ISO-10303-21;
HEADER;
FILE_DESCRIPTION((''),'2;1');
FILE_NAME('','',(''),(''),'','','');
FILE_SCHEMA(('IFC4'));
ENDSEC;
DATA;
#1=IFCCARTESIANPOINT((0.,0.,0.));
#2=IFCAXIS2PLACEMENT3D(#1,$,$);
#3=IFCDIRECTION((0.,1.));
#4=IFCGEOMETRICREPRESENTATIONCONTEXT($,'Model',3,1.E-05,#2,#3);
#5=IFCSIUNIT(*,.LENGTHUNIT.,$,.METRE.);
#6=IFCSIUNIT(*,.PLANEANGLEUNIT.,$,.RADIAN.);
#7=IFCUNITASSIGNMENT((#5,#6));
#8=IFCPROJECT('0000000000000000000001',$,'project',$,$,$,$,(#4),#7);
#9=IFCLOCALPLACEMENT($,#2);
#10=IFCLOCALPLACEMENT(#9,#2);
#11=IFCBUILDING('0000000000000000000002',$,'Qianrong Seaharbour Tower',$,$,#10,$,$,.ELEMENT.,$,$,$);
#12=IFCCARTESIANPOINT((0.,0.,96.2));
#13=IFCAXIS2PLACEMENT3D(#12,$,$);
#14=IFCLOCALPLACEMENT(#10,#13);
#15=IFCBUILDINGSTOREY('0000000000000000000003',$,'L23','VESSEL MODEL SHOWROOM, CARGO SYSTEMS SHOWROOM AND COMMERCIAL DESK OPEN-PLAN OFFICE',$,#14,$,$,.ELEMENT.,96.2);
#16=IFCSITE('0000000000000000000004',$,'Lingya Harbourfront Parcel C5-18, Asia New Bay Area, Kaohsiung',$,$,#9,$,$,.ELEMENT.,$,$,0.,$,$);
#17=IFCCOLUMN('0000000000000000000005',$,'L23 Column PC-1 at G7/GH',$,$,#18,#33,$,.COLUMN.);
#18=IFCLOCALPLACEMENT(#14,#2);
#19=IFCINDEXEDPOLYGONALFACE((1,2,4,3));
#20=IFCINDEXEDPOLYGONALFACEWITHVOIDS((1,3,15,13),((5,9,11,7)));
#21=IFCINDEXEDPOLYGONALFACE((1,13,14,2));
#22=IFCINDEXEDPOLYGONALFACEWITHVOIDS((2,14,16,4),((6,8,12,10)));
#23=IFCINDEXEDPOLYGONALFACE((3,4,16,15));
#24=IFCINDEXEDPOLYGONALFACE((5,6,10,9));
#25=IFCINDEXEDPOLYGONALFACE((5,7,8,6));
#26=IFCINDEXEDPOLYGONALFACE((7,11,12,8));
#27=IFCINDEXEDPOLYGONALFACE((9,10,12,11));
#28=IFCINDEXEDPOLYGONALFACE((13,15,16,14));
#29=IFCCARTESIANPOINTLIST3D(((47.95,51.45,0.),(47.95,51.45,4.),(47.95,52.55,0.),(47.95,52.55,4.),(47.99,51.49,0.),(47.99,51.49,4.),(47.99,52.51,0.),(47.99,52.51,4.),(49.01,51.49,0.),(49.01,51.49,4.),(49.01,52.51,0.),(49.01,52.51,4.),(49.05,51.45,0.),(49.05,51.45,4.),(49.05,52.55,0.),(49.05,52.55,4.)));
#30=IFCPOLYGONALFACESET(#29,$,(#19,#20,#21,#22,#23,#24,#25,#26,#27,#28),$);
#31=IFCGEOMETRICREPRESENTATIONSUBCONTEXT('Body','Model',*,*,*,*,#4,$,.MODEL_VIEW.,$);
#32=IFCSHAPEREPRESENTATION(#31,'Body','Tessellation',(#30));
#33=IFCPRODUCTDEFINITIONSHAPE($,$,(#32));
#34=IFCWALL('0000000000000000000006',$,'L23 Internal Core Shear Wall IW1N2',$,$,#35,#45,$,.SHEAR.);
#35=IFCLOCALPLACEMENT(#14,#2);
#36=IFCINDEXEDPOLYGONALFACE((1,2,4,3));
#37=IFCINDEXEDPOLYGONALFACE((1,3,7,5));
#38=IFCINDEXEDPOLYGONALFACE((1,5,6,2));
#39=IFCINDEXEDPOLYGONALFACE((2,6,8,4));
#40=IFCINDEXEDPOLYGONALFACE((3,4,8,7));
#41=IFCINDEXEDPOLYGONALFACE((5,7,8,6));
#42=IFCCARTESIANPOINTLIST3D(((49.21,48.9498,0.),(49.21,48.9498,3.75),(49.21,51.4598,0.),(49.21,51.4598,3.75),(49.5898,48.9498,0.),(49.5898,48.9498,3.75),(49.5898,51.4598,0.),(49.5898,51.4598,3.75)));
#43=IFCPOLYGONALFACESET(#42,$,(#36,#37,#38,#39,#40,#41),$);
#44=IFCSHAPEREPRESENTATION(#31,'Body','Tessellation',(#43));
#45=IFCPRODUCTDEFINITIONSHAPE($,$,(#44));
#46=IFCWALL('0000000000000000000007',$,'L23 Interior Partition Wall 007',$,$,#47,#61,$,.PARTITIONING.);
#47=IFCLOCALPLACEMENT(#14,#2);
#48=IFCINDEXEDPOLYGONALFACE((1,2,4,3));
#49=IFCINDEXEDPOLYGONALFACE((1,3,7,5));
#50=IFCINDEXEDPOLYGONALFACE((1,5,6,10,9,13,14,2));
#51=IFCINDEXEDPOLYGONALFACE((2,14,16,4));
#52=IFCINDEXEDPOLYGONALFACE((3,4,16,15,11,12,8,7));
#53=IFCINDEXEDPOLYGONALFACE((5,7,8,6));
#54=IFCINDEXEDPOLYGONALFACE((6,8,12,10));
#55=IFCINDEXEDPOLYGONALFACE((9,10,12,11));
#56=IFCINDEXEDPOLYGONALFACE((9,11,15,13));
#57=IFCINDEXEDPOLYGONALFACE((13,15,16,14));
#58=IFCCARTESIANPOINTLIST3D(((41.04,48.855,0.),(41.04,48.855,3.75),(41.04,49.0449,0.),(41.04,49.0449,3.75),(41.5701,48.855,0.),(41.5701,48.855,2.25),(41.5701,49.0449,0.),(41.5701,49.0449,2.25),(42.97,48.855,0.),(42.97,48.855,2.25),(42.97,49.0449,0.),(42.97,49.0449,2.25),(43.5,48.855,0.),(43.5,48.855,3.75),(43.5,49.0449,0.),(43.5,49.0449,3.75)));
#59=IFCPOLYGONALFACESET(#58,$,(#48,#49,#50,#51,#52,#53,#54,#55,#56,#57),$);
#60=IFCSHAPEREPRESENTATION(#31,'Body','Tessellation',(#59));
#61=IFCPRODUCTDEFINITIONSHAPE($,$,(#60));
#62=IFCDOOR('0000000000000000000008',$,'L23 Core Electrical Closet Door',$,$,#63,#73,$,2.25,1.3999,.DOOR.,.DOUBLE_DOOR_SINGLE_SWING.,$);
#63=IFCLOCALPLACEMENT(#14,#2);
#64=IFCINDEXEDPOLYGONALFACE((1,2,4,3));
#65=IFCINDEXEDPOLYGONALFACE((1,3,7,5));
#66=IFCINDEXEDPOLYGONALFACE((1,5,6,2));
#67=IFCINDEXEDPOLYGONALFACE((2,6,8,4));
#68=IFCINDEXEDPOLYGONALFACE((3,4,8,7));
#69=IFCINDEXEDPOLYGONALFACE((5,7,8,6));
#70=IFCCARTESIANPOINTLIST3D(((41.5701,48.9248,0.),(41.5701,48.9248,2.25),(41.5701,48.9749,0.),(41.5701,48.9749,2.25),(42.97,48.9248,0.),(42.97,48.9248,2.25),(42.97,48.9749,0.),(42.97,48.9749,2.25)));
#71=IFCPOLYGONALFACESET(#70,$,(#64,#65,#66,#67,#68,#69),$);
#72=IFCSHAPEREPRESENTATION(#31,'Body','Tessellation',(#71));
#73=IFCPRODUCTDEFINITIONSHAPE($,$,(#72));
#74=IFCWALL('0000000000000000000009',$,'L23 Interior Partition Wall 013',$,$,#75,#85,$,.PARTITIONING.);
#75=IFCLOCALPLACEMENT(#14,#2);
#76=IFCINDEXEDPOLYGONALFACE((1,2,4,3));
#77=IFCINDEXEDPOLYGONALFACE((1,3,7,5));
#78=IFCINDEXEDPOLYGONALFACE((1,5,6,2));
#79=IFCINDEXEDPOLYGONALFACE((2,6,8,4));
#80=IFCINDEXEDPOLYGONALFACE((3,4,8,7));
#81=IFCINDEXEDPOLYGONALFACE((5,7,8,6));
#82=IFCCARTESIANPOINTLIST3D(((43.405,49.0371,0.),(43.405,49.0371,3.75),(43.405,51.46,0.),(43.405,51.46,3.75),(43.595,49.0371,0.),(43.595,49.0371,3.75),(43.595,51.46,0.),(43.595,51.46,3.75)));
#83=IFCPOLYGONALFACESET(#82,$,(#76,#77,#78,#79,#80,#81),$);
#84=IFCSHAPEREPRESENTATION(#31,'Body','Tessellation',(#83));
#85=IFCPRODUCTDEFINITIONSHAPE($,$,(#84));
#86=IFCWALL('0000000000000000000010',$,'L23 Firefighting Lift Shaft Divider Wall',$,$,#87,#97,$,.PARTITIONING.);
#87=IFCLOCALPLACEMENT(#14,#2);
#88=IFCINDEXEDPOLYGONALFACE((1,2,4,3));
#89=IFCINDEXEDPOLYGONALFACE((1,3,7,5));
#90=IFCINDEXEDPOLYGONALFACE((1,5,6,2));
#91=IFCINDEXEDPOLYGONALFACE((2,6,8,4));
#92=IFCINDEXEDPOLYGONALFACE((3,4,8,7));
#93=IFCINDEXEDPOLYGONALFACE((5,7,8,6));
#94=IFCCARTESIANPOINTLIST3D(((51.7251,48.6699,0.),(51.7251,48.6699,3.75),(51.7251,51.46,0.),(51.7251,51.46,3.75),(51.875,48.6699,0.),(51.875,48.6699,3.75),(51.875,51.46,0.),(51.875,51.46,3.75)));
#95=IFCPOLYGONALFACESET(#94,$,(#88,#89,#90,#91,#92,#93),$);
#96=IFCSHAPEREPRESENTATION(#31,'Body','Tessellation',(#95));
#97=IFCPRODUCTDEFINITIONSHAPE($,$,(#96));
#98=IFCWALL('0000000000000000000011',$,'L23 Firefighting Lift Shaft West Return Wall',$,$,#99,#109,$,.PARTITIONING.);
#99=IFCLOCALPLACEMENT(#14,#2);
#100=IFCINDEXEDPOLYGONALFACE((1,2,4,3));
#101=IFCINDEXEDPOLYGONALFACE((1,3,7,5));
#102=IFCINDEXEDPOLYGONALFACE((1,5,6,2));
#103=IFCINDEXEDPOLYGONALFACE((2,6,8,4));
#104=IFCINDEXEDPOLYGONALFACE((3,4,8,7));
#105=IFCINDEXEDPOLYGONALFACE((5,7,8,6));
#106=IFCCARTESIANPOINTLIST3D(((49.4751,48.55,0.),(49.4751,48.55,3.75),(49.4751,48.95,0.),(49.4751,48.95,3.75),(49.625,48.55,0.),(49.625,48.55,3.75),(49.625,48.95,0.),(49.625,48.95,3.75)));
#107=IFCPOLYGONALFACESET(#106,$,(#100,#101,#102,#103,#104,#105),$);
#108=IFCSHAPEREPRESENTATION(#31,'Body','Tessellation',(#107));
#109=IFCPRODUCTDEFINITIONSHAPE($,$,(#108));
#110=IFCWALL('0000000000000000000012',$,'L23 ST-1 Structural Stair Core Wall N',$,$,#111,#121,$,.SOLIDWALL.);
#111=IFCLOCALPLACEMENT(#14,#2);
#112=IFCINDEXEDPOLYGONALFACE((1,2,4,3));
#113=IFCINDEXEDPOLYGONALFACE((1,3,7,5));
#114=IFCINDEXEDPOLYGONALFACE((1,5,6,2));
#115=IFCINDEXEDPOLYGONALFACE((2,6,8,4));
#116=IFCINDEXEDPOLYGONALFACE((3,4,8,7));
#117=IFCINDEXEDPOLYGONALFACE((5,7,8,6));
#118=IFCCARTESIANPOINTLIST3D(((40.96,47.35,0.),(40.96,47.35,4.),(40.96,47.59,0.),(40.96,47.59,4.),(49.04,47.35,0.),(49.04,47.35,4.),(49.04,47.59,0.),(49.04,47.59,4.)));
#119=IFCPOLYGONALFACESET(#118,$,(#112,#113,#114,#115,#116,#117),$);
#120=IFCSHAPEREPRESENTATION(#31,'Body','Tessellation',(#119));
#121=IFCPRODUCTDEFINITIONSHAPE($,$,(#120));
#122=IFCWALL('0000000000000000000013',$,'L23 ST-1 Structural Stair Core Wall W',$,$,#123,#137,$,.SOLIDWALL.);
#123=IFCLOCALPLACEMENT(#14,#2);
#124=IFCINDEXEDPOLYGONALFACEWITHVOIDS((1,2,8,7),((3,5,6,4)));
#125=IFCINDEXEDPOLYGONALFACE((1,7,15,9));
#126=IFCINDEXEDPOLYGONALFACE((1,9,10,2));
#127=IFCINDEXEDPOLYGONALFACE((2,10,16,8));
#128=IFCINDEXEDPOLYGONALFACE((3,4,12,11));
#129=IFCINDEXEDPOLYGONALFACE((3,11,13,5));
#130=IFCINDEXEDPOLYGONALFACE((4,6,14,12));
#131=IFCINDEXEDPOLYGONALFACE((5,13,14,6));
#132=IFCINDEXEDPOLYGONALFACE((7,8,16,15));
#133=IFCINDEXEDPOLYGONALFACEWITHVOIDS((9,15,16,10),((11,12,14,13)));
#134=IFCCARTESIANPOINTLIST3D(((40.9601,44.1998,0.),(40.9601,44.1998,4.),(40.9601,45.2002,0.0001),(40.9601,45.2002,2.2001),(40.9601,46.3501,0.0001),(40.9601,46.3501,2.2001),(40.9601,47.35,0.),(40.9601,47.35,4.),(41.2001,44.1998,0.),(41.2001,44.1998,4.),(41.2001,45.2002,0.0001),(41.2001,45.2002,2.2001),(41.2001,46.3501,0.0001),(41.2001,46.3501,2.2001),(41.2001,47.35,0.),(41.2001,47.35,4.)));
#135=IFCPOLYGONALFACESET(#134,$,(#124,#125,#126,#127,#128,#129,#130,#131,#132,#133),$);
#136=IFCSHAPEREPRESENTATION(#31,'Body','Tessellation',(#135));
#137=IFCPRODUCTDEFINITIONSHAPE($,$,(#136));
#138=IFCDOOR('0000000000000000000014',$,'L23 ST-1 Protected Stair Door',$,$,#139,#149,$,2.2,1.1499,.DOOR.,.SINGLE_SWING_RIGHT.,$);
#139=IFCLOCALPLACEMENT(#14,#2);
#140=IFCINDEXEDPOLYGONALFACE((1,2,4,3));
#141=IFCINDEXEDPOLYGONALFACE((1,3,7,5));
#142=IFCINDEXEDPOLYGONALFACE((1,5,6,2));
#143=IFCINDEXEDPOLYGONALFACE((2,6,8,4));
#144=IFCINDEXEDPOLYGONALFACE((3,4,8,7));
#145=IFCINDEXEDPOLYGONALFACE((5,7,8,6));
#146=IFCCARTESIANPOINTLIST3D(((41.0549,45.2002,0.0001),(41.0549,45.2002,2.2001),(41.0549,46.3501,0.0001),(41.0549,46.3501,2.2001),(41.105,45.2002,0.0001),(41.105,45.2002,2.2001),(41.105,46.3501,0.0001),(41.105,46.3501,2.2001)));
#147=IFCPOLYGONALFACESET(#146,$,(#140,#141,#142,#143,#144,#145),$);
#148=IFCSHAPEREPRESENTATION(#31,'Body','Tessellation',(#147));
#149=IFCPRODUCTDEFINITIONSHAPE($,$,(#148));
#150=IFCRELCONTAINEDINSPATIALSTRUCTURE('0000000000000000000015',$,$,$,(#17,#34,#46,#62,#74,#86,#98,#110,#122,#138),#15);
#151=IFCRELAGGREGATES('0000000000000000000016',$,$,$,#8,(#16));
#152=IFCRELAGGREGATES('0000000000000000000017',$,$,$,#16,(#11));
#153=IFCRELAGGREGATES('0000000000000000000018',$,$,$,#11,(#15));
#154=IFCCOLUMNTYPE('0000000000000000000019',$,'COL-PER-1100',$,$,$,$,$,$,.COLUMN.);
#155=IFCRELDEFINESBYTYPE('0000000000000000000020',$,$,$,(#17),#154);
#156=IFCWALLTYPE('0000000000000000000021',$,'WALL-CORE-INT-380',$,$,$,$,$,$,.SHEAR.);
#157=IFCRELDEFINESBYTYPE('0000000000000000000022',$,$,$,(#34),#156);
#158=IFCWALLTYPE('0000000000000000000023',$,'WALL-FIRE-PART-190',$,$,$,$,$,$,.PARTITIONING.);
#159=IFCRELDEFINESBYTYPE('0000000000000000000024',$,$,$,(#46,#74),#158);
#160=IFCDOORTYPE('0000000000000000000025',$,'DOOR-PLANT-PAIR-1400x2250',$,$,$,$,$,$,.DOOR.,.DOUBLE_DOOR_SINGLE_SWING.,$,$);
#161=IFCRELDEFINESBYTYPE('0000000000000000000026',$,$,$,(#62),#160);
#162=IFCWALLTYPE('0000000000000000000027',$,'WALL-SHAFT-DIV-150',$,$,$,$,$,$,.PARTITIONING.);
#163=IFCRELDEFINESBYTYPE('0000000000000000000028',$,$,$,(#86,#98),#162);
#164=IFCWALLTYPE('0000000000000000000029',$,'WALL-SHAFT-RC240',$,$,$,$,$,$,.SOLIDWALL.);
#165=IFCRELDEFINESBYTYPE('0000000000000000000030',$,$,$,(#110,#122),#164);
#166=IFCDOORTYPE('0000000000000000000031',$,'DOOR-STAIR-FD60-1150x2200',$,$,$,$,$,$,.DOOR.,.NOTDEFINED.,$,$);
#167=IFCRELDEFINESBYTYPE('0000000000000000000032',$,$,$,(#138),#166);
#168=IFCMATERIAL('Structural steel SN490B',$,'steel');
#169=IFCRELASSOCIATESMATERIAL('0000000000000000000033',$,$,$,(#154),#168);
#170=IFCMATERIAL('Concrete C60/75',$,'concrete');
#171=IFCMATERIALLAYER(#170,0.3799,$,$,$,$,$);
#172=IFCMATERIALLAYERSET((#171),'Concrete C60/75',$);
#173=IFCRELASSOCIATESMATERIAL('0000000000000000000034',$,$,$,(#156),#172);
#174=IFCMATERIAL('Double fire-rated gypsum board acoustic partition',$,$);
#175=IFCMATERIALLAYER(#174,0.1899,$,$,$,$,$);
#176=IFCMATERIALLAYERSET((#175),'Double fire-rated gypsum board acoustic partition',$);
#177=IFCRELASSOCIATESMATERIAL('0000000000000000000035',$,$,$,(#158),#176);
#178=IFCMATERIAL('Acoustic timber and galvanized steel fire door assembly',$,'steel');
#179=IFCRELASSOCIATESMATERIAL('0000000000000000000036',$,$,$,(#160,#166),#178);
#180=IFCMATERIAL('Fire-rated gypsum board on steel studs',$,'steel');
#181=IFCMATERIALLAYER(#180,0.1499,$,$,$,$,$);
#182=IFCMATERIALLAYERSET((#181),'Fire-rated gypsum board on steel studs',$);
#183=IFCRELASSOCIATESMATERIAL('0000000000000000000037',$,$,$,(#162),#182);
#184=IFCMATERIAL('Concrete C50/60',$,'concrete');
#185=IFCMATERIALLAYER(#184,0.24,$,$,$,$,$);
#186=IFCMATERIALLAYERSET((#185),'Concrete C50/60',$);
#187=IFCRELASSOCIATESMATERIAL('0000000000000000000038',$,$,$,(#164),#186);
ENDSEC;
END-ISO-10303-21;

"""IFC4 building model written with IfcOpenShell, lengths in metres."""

from ifc_helpers import new_model, si_unit, direction, frame, frame_2d, origin, origin_2d, place, context, subcontext, project, spatial, rectangle, hollow_rectangle, extrude, material, layer, layer_set, material_profile, profile_set, type_object, element, fill, save


model = new_model("IFC4")

# Units and contexts
model_context = context("Model", 3, precision=1e-05, world=origin(), true_north=direction((0.0, 1.0)))
body_context = subcontext(model_context, "Body", "Model", "MODEL_VIEW")
ifc_project = project(units=[si_unit("LENGTHUNIT", "METRE"), si_unit("PLANEANGLEUNIT", "RADIAN")], contexts=[model_context])

# Site, building, storey
site_placement = place(None, origin())
site = spatial("IfcSite", under=ifc_project, at=site_placement, Name="Lingya Harbourfront Parcel C5-18, Asia New Bay Area, Kaohsiung", CompositionType="ELEMENT", RefElevation=0.0)
building_placement = place(site_placement, origin())
building = spatial("IfcBuilding", under=site, at=building_placement, Name="Qianrong Seaharbour Tower", CompositionType="ELEMENT")
storey_placement = place(building_placement, frame((0.0, 0.0, 96.2)))
storey = spatial("IfcBuildingStorey", under=building, at=storey_placement, Name="L23", Description="VESSEL MODEL SHOWROOM, CARGO SYSTEMS SHOWROOM AND COMMERCIAL DESK OPEN-PLAN OFFICE", CompositionType="ELEMENT", Elevation=96.2)

# Column
ifc_material_1 = material(Name="Structural steel SN490B", Category="steel")
ifc_material_profile = material_profile(ifc_material_1, hollow_rectangle(XDim=1.1001, YDim=1.1001, WallThickness=0.04, at=origin_2d()), Name="BOX1100x1100x40")
ifc_profile_set = profile_set([ifc_material_profile], Name="Structural steel SN490B")
column_type = type_object("IfcColumnType", Name="COL-PER-1100", PredefinedType="COLUMN", material=ifc_profile_set)
column_placement = place(storey_placement, frame((48.5, 52.0, 0.0), z_axis=(0.0, 0.0, 1.0), x_axis=(1.0, 0.0, 0.0)))
element("IfcColumn", 1, at=column_placement, inside=storey, type_object=column_type, Name="L23 Column PC-1 at G7/GH", PredefinedType="COLUMN", context=body_context, shape_type="SweptSolid", body=[
    extrude(hollow_rectangle(XDim=1.1001, YDim=1.1001, WallThickness=0.04, at=origin_2d()), origin(), (0.0, 0.0, 1.0), 4.0),
])

# Wall
ifc_material_2 = material(Name="Concrete C60/75", Category="concrete")
ifc_layer_1 = layer(ifc_material_2, 0.3799)
ifc_layer_set_1 = layer_set([ifc_layer_1], Name="Concrete C60/75")
wall_type_1 = type_object("IfcWallType", Name="WALL-CORE-INT-380", PredefinedType="SHEAR", material=ifc_layer_set_1)
wall_1_placement = place(storey_placement, frame((49.3999, 48.95, 0.0), z_axis=(0.0, 0.0, 1.0), x_axis=(0.0, 1.0, 0.0)))
element("IfcWall", 2, at=wall_1_placement, inside=storey, type_object=wall_type_1, Name="L23 Internal Core Shear Wall IW1N2", PredefinedType="SHEAR", context=body_context, shape_type="SweptSolid", body=[
    extrude(rectangle(XDim=2.51, YDim=0.3799, at=frame_2d((1.2549, 0.0))), origin(), (0.0, 0.0, 1.0), 3.75),
])

# Wall, opening, door
ifc_material_3 = material(Name="Double fire-rated gypsum board acoustic partition")
ifc_layer_2 = layer(ifc_material_3, 0.1899)
ifc_layer_set_2 = layer_set([ifc_layer_2], Name="Double fire-rated gypsum board acoustic partition")
wall_type_2 = type_object("IfcWallType", Name="WALL-FIRE-PART-190", PredefinedType="PARTITIONING", material=ifc_layer_set_2)
wall_2_placement = place(storey_placement, frame((41.04, 48.95, 0.0), z_axis=(0.0, 0.0, 1.0), x_axis=(1.0, 0.0, 0.0)))
wall_2 = element("IfcWall", 3, at=wall_2_placement, inside=storey, type_object=wall_type_2, Name="L23 Interior Partition Wall 007", PredefinedType="PARTITIONING", context=body_context, shape_type="SweptSolid", body=[
    extrude(rectangle(XDim=2.46, YDim=0.1899, at=frame_2d((1.23, 0.0))), origin(), (0.0, 0.0, 1.0), 3.75),
])
opening_1_placement = place(wall_2_placement, frame((0.53, 0.0, 0.0)))
opening_1 = element("IfcOpeningElement", 4, at=opening_1_placement, cuts=wall_2, PredefinedType="OPENING", context=body_context, shape_type="SweptSolid", body=[
    extrude(rectangle(XDim=1.3999, YDim=2.25, at=frame_2d((0.7, 1.125))), frame((0.0, 0.105, 0.0), z_axis=(0.0, -1.0, 0.0), x_axis=(1.0, 0.0, 0.0)), (0.0, 0.0, 1.0), 0.21),
])
ifc_material_4 = material(Name="Acoustic timber and galvanized steel fire door assembly", Category="steel")
door_type_1 = type_object("IfcDoorType", Name="DOOR-PLANT-PAIR-1400x2250", OperationType="DOUBLE_DOOR_SINGLE_SWING", PredefinedType="DOOR", material=ifc_material_4)
door_1_placement = place(opening_1_placement, origin())
door_1 = element("IfcDoor", 5, at=door_1_placement, inside=storey, type_object=door_type_1, Name="L23 Core Electrical Closet Door", OperationType="DOUBLE_DOOR_SINGLE_SWING", OverallHeight=2.25, OverallWidth=1.3999, PredefinedType="DOOR", context=body_context, shape_type="SweptSolid", body=[
    extrude(rectangle(XDim=1.3999, YDim=2.25, at=frame_2d((0.7, 1.125))), frame((0.0, 0.0249, 0.0), z_axis=(0.0, -1.0, 0.0), x_axis=(1.0, 0.0, 0.0)), (0.0, 0.0, 1.0), 0.05),
])
fill(opening_1, door_1)

# Walls
wall_3_placement = place(storey_placement, frame((43.5, 51.46, 0.0), z_axis=(0.0, 0.0, 1.0), x_axis=(0.0, -1.0, 0.0)))
element("IfcWall", 6, at=wall_3_placement, inside=storey, type_object=wall_type_2, Name="L23 Interior Partition Wall 013", PredefinedType="PARTITIONING", context=body_context, shape_type="SweptSolid", body=[
    extrude(rectangle(XDim=2.4229, YDim=0.1899, at=frame_2d((1.2114, 0.0))), origin(), (0.0, 0.0, 1.0), 3.75),
])
ifc_material_5 = material(Name="Fire-rated gypsum board on steel studs", Category="steel")
ifc_layer_3 = layer(ifc_material_5, 0.1499)
ifc_layer_set_3 = layer_set([ifc_layer_3], Name="Fire-rated gypsum board on steel studs")
wall_type_3 = type_object("IfcWallType", Name="WALL-SHAFT-DIV-150", PredefinedType="PARTITIONING", material=ifc_layer_set_3)
wall_4_placement = place(storey_placement, frame((51.8, 48.6699, 0.0), z_axis=(0.0, 0.0, 1.0), x_axis=(0.0, 1.0, 0.0)))
element("IfcWall", 7, at=wall_4_placement, inside=storey, type_object=wall_type_3, Name="L23 Firefighting Lift Shaft Divider Wall", PredefinedType="PARTITIONING", context=body_context, shape_type="SweptSolid", body=[
    extrude(rectangle(XDim=2.79, YDim=0.1499, at=frame_2d((1.395, 0.0))), origin(), (0.0, 0.0, 1.0), 3.75),
])
wall_5_placement = place(storey_placement, frame((49.55, 48.55, 0.0), z_axis=(0.0, 0.0, 1.0), x_axis=(0.0, 1.0, 0.0)))
element("IfcWall", 8, at=wall_5_placement, inside=storey, type_object=wall_type_3, Name="L23 Firefighting Lift Shaft West Return Wall", PredefinedType="PARTITIONING", context=body_context, shape_type="SweptSolid", body=[
    extrude(rectangle(XDim=0.3999, YDim=0.1499, at=frame_2d((0.2, 0.0))), origin(), (0.0, 0.0, 1.0), 3.75),
])
ifc_material_6 = material(Name="Concrete C50/60", Category="concrete")
ifc_layer_4 = layer(ifc_material_6, 0.24)
ifc_layer_set_4 = layer_set([ifc_layer_4], Name="Concrete C50/60")
wall_type_4 = type_object("IfcWallType", Name="WALL-SHAFT-RC240", PredefinedType="SOLIDWALL", material=ifc_layer_set_4)
wall_6_placement = place(storey_placement, frame((40.96, 47.47, 0.0), z_axis=(0.0, 0.0, 1.0), x_axis=(1.0, 0.0, 0.0)))
element("IfcWall", 9, at=wall_6_placement, inside=storey, type_object=wall_type_4, Name="L23 ST-1 Structural Stair Core Wall N", PredefinedType="SOLIDWALL", context=body_context, shape_type="SweptSolid", body=[
    extrude(rectangle(XDim=8.0801, YDim=0.24, at=frame_2d((4.04, 0.0))), origin(), (0.0, 0.0, 1.0), 4.0),
])

# Wall, opening, door
wall_7_placement = place(storey_placement, frame((41.0801, 47.3501, 0.0), z_axis=(0.0, 0.0, 1.0), x_axis=(0.0, -1.0, 0.0)))
wall_7 = element("IfcWall", 10, at=wall_7_placement, inside=storey, type_object=wall_type_4, Name="L23 ST-1 Structural Stair Core Wall W", PredefinedType="SOLIDWALL", context=body_context, shape_type="SweptSolid", body=[
    extrude(rectangle(XDim=3.1501, YDim=0.24, at=frame_2d((1.5752, 0.0))), origin(), (0.0, 0.0, 1.0), 4.0),
])
opening_2_placement = place(wall_7_placement, frame((1.0, 0.0, 0.0)))
opening_2 = element("IfcOpeningElement", 11, at=opening_2_placement, cuts=wall_7, PredefinedType="OPENING", context=body_context, shape_type="SweptSolid", body=[
    extrude(rectangle(XDim=1.1499, YDim=2.2, at=frame_2d((0.575, 1.1001))), frame((0.0, 0.1299, 0.0), z_axis=(0.0, -1.0, 0.0), x_axis=(1.0, 0.0, 0.0)), (0.0, 0.0, 1.0), 0.26),
])
door_type_2 = type_object("IfcDoorType", Name="DOOR-STAIR-FD60-1150x2200", OperationType="NOTDEFINED", PredefinedType="DOOR", material=ifc_material_4)
door_2_placement = place(opening_2_placement, origin())
door_2 = element("IfcDoor", 12, at=door_2_placement, inside=storey, type_object=door_type_2, Name="L23 ST-1 Protected Stair Door", OperationType="SINGLE_SWING_RIGHT", OverallHeight=2.2, OverallWidth=1.1499, PredefinedType="DOOR", context=body_context, shape_type="SweptSolid", body=[
    extrude(rectangle(XDim=1.1499, YDim=2.2, at=frame_2d((0.575, 1.1001))), frame((0.0, 0.0249, 0.0), z_axis=(0.0, -1.0, 0.0), x_axis=(1.0, 0.0, 0.0)), (0.0, 0.0, 1.0), 0.05),
])
fill(opening_2, door_2)

save(model, "model.ifc")
